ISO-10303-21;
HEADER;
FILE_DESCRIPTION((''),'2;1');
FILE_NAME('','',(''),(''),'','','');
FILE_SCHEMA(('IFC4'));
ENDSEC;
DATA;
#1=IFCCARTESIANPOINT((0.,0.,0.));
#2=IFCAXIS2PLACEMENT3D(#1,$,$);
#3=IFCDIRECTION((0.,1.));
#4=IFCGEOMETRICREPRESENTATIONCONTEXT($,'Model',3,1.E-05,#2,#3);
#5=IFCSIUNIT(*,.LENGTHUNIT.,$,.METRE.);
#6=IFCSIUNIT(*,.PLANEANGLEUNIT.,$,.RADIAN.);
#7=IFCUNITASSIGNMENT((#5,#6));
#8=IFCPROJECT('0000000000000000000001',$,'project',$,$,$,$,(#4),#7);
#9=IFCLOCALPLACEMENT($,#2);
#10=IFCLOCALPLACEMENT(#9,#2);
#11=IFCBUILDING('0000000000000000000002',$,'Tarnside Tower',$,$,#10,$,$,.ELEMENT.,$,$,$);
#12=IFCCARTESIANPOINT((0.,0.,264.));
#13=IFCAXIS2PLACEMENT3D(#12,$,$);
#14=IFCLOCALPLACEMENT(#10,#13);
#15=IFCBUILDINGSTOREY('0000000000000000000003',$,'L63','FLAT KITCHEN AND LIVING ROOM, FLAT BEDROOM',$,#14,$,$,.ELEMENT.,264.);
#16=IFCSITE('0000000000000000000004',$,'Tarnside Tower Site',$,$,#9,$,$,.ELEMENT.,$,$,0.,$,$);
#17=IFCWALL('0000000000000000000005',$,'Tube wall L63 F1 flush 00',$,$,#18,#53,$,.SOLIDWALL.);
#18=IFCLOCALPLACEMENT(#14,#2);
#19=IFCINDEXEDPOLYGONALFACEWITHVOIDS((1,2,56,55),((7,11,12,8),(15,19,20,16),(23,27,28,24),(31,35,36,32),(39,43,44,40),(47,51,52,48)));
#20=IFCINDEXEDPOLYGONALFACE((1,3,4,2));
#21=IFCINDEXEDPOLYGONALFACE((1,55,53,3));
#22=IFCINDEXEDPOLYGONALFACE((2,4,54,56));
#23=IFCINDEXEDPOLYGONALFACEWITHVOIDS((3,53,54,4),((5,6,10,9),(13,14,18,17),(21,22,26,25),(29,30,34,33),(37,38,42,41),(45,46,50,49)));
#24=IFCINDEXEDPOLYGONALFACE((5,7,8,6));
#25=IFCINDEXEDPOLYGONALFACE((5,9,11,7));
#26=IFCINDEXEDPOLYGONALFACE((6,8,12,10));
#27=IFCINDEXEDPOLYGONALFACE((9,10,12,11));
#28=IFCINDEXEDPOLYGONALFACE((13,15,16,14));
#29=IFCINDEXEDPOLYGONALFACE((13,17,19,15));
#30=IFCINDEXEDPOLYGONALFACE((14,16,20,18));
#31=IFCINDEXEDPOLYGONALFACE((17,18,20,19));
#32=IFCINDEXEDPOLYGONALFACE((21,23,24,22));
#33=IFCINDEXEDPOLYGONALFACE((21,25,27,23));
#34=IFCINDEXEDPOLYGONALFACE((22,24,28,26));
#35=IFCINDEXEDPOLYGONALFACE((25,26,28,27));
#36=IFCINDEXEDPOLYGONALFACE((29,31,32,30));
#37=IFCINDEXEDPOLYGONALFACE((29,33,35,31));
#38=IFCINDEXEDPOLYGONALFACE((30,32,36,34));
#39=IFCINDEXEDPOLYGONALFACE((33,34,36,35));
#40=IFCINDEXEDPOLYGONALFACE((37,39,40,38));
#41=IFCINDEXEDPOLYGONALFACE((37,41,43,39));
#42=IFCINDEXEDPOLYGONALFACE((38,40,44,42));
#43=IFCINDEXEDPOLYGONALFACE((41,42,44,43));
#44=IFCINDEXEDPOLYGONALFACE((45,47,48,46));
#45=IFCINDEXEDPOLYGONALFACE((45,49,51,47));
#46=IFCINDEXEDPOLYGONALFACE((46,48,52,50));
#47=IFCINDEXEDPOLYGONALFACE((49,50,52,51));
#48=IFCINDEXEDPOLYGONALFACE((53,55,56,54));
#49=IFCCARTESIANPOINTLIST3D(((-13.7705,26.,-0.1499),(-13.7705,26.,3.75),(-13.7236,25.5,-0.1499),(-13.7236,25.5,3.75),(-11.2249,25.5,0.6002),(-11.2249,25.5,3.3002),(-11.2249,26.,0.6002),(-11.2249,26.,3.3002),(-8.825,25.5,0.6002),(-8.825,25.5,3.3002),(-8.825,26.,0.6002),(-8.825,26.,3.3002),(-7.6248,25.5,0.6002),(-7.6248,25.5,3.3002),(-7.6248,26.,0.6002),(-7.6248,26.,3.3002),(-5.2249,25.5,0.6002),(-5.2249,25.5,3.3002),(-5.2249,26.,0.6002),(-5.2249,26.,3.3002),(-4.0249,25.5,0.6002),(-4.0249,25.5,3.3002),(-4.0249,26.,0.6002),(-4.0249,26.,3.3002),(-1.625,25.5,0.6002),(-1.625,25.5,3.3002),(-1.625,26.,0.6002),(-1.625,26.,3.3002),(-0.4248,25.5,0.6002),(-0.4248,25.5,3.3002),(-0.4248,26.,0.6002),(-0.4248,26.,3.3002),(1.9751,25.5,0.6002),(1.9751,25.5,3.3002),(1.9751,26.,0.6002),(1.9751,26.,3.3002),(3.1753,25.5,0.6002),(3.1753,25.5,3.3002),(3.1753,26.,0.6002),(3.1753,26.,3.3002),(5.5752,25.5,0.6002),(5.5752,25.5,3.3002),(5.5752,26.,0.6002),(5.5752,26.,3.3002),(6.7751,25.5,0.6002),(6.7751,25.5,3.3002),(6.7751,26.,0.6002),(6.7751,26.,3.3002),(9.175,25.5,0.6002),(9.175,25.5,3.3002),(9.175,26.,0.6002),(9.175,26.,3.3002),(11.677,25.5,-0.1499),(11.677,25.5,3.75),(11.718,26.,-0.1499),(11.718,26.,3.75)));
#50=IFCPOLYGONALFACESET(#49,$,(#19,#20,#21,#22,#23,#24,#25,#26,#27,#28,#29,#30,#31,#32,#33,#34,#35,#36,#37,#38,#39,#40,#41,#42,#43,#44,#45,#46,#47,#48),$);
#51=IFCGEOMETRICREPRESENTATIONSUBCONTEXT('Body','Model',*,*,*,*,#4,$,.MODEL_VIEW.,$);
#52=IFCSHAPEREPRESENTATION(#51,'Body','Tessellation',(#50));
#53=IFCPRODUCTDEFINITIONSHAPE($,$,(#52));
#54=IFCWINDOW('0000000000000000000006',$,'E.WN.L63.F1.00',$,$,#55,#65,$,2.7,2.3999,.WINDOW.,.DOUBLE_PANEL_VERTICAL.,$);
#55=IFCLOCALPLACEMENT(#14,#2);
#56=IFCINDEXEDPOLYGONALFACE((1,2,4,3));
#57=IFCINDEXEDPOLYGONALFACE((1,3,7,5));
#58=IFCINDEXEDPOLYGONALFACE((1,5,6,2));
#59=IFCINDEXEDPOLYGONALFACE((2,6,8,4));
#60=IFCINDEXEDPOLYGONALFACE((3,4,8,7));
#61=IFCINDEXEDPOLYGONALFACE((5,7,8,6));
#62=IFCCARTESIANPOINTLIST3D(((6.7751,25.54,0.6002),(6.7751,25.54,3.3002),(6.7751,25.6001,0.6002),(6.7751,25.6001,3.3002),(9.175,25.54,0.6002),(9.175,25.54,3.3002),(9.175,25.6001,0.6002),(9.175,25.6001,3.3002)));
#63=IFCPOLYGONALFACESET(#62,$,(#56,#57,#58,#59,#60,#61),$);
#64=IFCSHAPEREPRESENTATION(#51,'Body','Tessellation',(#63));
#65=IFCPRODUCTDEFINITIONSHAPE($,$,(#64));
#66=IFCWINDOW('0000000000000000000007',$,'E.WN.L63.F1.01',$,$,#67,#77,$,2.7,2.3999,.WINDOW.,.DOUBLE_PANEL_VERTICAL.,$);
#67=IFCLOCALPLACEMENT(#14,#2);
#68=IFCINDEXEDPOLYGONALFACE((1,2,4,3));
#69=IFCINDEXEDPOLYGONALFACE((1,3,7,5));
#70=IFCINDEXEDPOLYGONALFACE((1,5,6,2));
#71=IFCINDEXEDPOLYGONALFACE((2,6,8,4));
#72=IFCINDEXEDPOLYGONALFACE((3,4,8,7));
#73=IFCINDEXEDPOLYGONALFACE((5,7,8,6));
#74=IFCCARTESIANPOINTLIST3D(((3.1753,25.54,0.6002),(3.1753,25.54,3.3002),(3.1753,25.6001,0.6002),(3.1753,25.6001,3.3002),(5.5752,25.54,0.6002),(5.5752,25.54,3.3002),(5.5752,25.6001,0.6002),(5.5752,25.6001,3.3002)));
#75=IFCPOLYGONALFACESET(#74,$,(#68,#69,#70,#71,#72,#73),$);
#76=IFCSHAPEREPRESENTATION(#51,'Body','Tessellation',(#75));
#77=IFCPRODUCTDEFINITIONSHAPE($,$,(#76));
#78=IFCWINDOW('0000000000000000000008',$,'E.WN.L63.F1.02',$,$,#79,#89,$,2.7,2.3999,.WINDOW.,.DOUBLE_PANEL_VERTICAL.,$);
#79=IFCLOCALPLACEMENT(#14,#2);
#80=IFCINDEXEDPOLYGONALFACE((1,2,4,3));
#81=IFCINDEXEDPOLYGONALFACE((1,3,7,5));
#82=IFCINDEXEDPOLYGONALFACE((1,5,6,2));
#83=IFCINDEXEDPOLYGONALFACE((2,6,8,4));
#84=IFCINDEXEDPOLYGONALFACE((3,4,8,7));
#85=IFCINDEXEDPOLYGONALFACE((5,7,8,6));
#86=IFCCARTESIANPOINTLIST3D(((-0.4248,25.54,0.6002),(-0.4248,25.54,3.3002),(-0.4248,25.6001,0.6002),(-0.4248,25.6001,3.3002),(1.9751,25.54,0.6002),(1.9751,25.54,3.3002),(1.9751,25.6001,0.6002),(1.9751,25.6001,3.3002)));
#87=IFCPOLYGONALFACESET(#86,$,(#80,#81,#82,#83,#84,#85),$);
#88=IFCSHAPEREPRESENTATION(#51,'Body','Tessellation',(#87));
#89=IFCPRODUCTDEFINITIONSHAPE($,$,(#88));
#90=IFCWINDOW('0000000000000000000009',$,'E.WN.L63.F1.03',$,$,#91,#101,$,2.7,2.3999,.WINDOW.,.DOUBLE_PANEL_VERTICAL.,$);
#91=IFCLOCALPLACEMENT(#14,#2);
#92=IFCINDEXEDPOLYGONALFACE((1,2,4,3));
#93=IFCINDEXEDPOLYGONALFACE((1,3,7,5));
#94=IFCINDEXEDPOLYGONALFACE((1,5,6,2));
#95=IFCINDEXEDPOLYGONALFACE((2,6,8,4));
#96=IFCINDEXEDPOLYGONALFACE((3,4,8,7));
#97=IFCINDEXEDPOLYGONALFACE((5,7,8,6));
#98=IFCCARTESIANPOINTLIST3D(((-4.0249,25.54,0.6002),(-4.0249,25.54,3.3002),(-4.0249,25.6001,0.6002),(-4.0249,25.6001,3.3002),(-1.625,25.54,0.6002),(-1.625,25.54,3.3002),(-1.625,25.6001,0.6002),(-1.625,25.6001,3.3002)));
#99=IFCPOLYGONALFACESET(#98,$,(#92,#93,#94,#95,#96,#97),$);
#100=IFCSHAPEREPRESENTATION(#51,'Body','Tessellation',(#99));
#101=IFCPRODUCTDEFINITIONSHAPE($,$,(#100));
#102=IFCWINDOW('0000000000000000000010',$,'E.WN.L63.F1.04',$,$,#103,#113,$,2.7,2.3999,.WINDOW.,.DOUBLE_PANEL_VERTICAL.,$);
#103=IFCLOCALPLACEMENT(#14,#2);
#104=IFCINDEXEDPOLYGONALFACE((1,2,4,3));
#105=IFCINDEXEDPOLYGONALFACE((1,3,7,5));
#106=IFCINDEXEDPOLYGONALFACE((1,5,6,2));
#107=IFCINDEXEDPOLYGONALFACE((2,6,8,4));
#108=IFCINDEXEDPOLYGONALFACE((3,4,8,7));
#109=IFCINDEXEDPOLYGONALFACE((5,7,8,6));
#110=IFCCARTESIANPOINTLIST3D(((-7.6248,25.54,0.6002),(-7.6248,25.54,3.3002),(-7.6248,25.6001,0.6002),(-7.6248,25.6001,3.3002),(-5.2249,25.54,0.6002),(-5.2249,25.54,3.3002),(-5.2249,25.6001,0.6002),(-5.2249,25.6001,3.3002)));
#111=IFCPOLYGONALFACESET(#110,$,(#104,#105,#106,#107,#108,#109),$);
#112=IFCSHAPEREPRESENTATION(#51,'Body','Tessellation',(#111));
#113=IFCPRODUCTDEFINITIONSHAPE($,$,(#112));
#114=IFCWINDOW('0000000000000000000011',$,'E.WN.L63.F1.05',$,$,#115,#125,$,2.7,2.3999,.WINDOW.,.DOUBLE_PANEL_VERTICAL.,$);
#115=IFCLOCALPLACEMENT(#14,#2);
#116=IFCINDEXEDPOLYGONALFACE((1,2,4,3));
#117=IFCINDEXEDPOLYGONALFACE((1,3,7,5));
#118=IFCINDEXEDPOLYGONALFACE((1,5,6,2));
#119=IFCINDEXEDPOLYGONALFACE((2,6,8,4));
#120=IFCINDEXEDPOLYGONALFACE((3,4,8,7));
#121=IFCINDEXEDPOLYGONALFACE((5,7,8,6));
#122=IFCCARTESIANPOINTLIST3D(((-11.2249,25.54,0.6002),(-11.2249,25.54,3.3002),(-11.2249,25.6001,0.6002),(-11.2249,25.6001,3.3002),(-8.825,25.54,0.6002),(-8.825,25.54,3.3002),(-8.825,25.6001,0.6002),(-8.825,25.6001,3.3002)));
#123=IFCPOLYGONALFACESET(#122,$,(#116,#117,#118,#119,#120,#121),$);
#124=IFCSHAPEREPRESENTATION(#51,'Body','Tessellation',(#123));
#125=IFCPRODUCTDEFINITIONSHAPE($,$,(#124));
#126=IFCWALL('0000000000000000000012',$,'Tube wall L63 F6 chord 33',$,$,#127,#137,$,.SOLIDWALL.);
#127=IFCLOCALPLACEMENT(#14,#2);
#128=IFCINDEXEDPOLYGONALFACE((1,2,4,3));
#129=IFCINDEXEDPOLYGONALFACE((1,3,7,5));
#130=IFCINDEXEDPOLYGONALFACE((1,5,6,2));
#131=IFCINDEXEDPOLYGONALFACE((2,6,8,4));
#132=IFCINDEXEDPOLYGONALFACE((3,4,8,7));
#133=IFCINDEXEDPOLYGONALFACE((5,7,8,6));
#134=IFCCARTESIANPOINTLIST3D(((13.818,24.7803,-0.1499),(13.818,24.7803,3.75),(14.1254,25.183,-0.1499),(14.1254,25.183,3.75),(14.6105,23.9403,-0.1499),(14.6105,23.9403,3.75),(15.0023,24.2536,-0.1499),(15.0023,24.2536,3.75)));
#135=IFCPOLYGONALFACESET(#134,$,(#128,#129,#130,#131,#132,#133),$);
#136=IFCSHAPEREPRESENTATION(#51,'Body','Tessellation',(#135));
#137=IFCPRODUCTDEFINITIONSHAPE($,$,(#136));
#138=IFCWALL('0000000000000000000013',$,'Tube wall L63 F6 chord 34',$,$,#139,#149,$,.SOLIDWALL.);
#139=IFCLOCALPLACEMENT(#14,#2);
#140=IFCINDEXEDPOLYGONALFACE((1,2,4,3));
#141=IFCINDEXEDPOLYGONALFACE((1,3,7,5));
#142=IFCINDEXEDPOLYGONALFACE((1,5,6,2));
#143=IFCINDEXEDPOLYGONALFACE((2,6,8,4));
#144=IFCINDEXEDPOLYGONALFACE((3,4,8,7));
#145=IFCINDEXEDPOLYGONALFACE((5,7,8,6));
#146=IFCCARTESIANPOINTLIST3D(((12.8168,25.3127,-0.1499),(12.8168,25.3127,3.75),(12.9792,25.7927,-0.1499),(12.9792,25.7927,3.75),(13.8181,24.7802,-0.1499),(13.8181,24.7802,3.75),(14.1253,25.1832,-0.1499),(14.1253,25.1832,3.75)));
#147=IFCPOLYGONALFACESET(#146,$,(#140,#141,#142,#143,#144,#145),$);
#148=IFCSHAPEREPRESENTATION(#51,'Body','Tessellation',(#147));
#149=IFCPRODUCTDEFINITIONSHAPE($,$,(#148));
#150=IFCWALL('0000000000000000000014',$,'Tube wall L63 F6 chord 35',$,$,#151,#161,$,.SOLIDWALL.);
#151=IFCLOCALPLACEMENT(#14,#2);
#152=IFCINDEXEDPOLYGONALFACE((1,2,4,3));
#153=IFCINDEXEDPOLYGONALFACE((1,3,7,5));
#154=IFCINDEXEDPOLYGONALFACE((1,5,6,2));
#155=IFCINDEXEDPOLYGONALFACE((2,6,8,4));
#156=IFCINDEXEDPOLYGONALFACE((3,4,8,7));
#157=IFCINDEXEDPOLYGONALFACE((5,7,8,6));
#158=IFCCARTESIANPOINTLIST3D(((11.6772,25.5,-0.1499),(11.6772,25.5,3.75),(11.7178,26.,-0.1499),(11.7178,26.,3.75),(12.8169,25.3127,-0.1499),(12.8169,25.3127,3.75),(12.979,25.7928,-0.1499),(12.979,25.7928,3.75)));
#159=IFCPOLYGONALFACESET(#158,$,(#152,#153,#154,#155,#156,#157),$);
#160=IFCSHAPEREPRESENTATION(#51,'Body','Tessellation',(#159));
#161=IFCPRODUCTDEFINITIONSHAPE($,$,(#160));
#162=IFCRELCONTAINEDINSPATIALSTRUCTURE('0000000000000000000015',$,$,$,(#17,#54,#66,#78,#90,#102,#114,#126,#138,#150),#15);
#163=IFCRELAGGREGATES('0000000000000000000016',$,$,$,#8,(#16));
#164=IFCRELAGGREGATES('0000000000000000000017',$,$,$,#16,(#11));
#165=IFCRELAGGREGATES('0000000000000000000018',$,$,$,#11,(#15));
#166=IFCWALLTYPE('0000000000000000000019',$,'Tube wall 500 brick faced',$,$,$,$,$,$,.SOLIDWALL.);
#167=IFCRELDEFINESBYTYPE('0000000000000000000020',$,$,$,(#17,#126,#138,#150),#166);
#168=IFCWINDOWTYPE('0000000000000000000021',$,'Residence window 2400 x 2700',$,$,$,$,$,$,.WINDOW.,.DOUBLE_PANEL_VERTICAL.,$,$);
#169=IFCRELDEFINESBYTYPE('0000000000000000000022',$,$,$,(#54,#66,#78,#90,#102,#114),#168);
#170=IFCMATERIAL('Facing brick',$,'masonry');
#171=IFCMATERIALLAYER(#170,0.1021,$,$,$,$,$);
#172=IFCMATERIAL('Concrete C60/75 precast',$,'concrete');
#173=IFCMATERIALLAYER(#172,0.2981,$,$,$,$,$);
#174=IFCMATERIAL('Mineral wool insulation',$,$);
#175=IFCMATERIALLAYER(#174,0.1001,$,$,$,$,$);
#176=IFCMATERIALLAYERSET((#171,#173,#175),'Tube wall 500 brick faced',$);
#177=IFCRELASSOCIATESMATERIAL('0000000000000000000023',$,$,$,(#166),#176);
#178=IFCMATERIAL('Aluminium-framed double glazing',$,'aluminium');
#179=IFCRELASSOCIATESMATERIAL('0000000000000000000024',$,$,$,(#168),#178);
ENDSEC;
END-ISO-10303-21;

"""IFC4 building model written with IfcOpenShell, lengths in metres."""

from ifc_helpers import new_model, si_unit, direction, frame, frame_2d, origin, place, context, subcontext, project, spatial, polyline, rectangle, outline, extrude, material, layer, layer_set, type_object, element, fill, save


model = new_model("IFC4")

# Units and contexts
model_context = context("Model", 3, precision=1e-05, world=origin(), true_north=direction((0.0, 1.0)))
body_context = subcontext(model_context, "Body", "Model", "MODEL_VIEW")
ifc_project = project(units=[si_unit("LENGTHUNIT", "METRE"), si_unit("PLANEANGLEUNIT", "RADIAN")], contexts=[model_context])

# Site, building, storey
site_placement = place(None, origin())
site = spatial("IfcSite", under=ifc_project, at=site_placement, Name="Tarnside Tower Site", CompositionType="ELEMENT", RefElevation=0.0)
building_placement = place(site_placement, origin())
building = spatial("IfcBuilding", under=site, at=building_placement, Name="Tarnside Tower", CompositionType="ELEMENT")
storey_placement = place(building_placement, frame((0.0, 0.0, 264.0)))
storey = spatial("IfcBuildingStorey", under=building, at=storey_placement, Name="L63", Description="FLAT KITCHEN AND LIVING ROOM, FLAT BEDROOM", CompositionType="ELEMENT", Elevation=264.0)

# Shared definitions
ifc_material_1 = material(Name="Concrete C60/75 precast", Category="concrete")
ifc_material_2 = material(Name="Mineral wool insulation")

# Wall, openings, windows
ifc_material_3 = material(Name="Facing brick", Category="masonry")
ifc_layer_1 = layer(ifc_material_3, 0.1021)
ifc_layer_2 = layer(ifc_material_1, 0.2981)
ifc_layer_3 = layer(ifc_material_2, 0.1001)
ifc_layer_set_1 = layer_set([ifc_layer_1, ifc_layer_2, ifc_layer_3], Name="Tube wall 500 brick faced")
wall_type_1 = type_object("IfcWallType", Name="Tube wall 500 brick faced", PredefinedType="SOLIDWALL", material=ifc_layer_set_1)
wall_1_placement = place(storey_placement, frame((11.6975, 25.75, -0.1499), z_axis=(0.0, 0.0, 1.0), x_axis=(-1.0, 0.0, 0.0)))
wall_1 = element("IfcWall", 1, at=wall_1_placement, inside=storey, type_object=wall_type_1, Name="Tube wall L63 F1 flush 00", PredefinedType="SOLIDWALL", context=body_context, shape_type="SweptSolid", body=[
    extrude(outline(polyline([(-0.0205, -0.25), (25.468, -0.25), (25.4211, 0.25), (0.0205, 0.25), (-0.0205, -0.25)])), origin(), (0.0, 0.0, 1.0), 3.8999),
])
opening_1_placement = place(wall_1_placement, frame((2.5225, 0.0, 0.75)))
opening_1 = element("IfcOpeningElement", 2, at=opening_1_placement, cuts=wall_1, PredefinedType="OPENING", context=body_context, shape_type="SweptSolid", body=[
    extrude(rectangle(XDim=2.3999, YDim=2.7, at=frame_2d((1.2, 1.3501))), frame((0.0, 0.26, 0.0), z_axis=(0.0, -1.0, 0.0), x_axis=(1.0, 0.0, 0.0)), (0.0, 0.0, 1.0), 0.52),
])
opening_2_placement = place(wall_1_placement, frame((6.1223, 0.0, 0.75)))
opening_2 = element("IfcOpeningElement", 3, at=opening_2_placement, cuts=wall_1, PredefinedType="OPENING", context=body_context, shape_type="SweptSolid", body=[
    extrude(rectangle(XDim=2.3999, YDim=2.7, at=frame_2d((1.2, 1.3501))), frame((0.0, 0.26, 0.0), z_axis=(0.0, -1.0, 0.0), x_axis=(1.0, 0.0, 0.0)), (0.0, 0.0, 1.0), 0.52),
])
opening_3_placement = place(wall_1_placement, frame((9.7224, 0.0, 0.75)))
opening_3 = element("IfcOpeningElement", 4, at=opening_3_placement, cuts=wall_1, PredefinedType="OPENING", context=body_context, shape_type="SweptSolid", body=[
    extrude(rectangle(XDim=2.3999, YDim=2.7, at=frame_2d((1.2, 1.3501))), frame((0.0, 0.26, 0.0), z_axis=(0.0, -1.0, 0.0), x_axis=(1.0, 0.0, 0.0)), (0.0, 0.0, 1.0), 0.52),
])
opening_4_placement = place(wall_1_placement, frame((13.3225, 0.0, 0.75)))
opening_4 = element("IfcOpeningElement", 5, at=opening_4_placement, cuts=wall_1, PredefinedType="OPENING", context=body_context, shape_type="SweptSolid", body=[
    extrude(rectangle(XDim=2.3999, YDim=2.7, at=frame_2d((1.2, 1.3501))), frame((0.0, 0.26, 0.0), z_axis=(0.0, -1.0, 0.0), x_axis=(1.0, 0.0, 0.0)), (0.0, 0.0, 1.0), 0.52),
])
opening_5_placement = place(wall_1_placement, frame((16.9224, 0.0, 0.75)))
opening_5 = element("IfcOpeningElement", 6, at=opening_5_placement, cuts=wall_1, PredefinedType="OPENING", context=body_context, shape_type="SweptSolid", body=[
    extrude(rectangle(XDim=2.3999, YDim=2.7, at=frame_2d((1.2, 1.3501))), frame((0.0, 0.26, 0.0), z_axis=(0.0, -1.0, 0.0), x_axis=(1.0, 0.0, 0.0)), (0.0, 0.0, 1.0), 0.52),
])
opening_6_placement = place(wall_1_placement, frame((20.5225, 0.0, 0.75)))
opening_6 = element("IfcOpeningElement", 7, at=opening_6_placement, cuts=wall_1, PredefinedType="OPENING", context=body_context, shape_type="SweptSolid", body=[
    extrude(rectangle(XDim=2.3999, YDim=2.7, at=frame_2d((1.2, 1.3501))), frame((0.0, 0.26, 0.0), z_axis=(0.0, -1.0, 0.0), x_axis=(1.0, 0.0, 0.0)), (0.0, 0.0, 1.0), 0.52),
])
ifc_material_4 = material(Name="Aluminium-framed double glazing", Category="aluminium")
window_type = type_object("IfcWindowType", Name="Residence window 2400 x 2700", PartitioningType="DOUBLE_PANEL_VERTICAL", PredefinedType="WINDOW", material=ifc_material_4)
window_1_placement = place(opening_1_placement, frame((0.0, 0.1799, 0.0)))
window_1 = element("IfcWindow", 8, at=window_1_placement, inside=storey, type_object=window_type, Name="E.WN.L63.F1.00", OverallHeight=2.7, OverallWidth=2.3999, PartitioningType="DOUBLE_PANEL_VERTICAL", PredefinedType="WINDOW", context=body_context, shape_type="SweptSolid", body=[
    extrude(rectangle(XDim=2.3999, YDim=2.7, at=frame_2d((1.2, 1.3501))), frame((0.0, 0.03, 0.0), z_axis=(0.0, -1.0, 0.0), x_axis=(1.0, 0.0, 0.0)), (0.0, 0.0, 1.0), 0.0601),
])
fill(opening_1, window_1)
window_2_placement = place(opening_2_placement, frame((0.0, 0.1799, 0.0)))
window_2 = element("IfcWindow", 9, at=window_2_placement, inside=storey, type_object=window_type, Name="E.WN.L63.F1.01", OverallHeight=2.7, OverallWidth=2.3999, PartitioningType="DOUBLE_PANEL_VERTICAL", PredefinedType="WINDOW", context=body_context, shape_type="SweptSolid", body=[
    extrude(rectangle(XDim=2.3999, YDim=2.7, at=frame_2d((1.2, 1.3501))), frame((0.0, 0.03, 0.0), z_axis=(0.0, -1.0, 0.0), x_axis=(1.0, 0.0, 0.0)), (0.0, 0.0, 1.0), 0.0601),
])
fill(opening_2, window_2)
window_3_placement = place(opening_3_placement, frame((0.0, 0.1799, 0.0)))
window_3 = element("IfcWindow", 10, at=window_3_placement, inside=storey, type_object=window_type, Name="E.WN.L63.F1.02", OverallHeight=2.7, OverallWidth=2.3999, PartitioningType="DOUBLE_PANEL_VERTICAL", PredefinedType="WINDOW", context=body_context, shape_type="SweptSolid", body=[
    extrude(rectangle(XDim=2.3999, YDim=2.7, at=frame_2d((1.2, 1.3501))), frame((0.0, 0.03, 0.0), z_axis=(0.0, -1.0, 0.0), x_axis=(1.0, 0.0, 0.0)), (0.0, 0.0, 1.0), 0.0601),
])
fill(opening_3, window_3)
window_4_placement = place(opening_4_placement, frame((0.0, 0.1799, 0.0)))
window_4 = element("IfcWindow", 11, at=window_4_placement, inside=storey, type_object=window_type, Name="E.WN.L63.F1.03", OverallHeight=2.7, OverallWidth=2.3999, PartitioningType="DOUBLE_PANEL_VERTICAL", PredefinedType="WINDOW", context=body_context, shape_type="SweptSolid", body=[
    extrude(rectangle(XDim=2.3999, YDim=2.7, at=frame_2d((1.2, 1.3501))), frame((0.0, 0.03, 0.0), z_axis=(0.0, -1.0, 0.0), x_axis=(1.0, 0.0, 0.0)), (0.0, 0.0, 1.0), 0.0601),
])
fill(opening_4, window_4)
window_5_placement = place(opening_5_placement, frame((0.0, 0.1799, 0.0)))
window_5 = element("IfcWindow", 12, at=window_5_placement, inside=storey, type_object=window_type, Name="E.WN.L63.F1.04", OverallHeight=2.7, OverallWidth=2.3999, PartitioningType="DOUBLE_PANEL_VERTICAL", PredefinedType="WINDOW", context=body_context, shape_type="SweptSolid", body=[
    extrude(rectangle(XDim=2.3999, YDim=2.7, at=frame_2d((1.2, 1.3501))), frame((0.0, 0.03, 0.0), z_axis=(0.0, -1.0, 0.0), x_axis=(1.0, 0.0, 0.0)), (0.0, 0.0, 1.0), 0.0601),
])
fill(opening_5, window_5)
window_6_placement = place(opening_6_placement, frame((0.0, 0.1799, 0.0)))
window_6 = element("IfcWindow", 13, at=window_6_placement, inside=storey, type_object=window_type, Name="E.WN.L63.F1.05", OverallHeight=2.7, OverallWidth=2.3999, PartitioningType="DOUBLE_PANEL_VERTICAL", PredefinedType="WINDOW", context=body_context, shape_type="SweptSolid", body=[
    extrude(rectangle(XDim=2.3999, YDim=2.7, at=frame_2d((1.2, 1.3501))), frame((0.0, 0.03, 0.0), z_axis=(0.0, -1.0, 0.0), x_axis=(1.0, 0.0, 0.0)), (0.0, 0.0, 1.0), 0.0601),
])
fill(opening_6, window_6)

# Walls
wall_2_placement = place(storey_placement, frame((14.8064, 24.0969, -0.1499), z_axis=(0.0, 0.0, 1.0), x_axis=(-0.686234, 0.72738, 0.0)))
element("IfcWall", 14, at=wall_2_placement, inside=storey, type_object=wall_type_1, Name="Tube wall L63 F6 chord 33", PredefinedType="SOLIDWALL", context=body_context, shape_type="SweptSolid", body=[
    extrude(outline(polyline([(-0.0205, -0.25), (1.2573, -0.25), (1.1753, 0.25), (0.0205, 0.25), (-0.0205, -0.25)])), origin(), (0.0, 0.0, 1.0), 3.8999),
])
wall_3_placement = place(storey_placement, frame((13.9717, 24.9817, -0.1499), z_axis=(0.0, 0.0, 1.0), x_axis=(-0.882902, 0.469556, 0.0)))
element("IfcWall", 15, at=wall_3_placement, inside=storey, type_object=wall_type_1, Name="Tube wall L63 F6 chord 34", PredefinedType="SOLIDWALL", context=body_context, shape_type="SweptSolid", body=[
    extrude(outline(polyline([(-0.041, -0.25), (1.2571, -0.25), (1.175, 0.25), (0.041, 0.25), (-0.041, -0.25)])), origin(), (0.0, 0.0, 1.0), 3.8999),
])
wall_4_placement = place(storey_placement, frame((12.8979, 25.5527, -0.1499), z_axis=(0.0, 0.0, 1.0), x_axis=(-0.986766, 0.162153, 0.0)))
element("IfcWall", 16, at=wall_4_placement, inside=storey, type_object=wall_type_1, Name="Tube wall L63 F6 chord 35", PredefinedType="SOLIDWALL", context=body_context, shape_type="SweptSolid", body=[
    extrude(outline(polyline([(-0.041, -0.25), (1.2371, -0.25), (1.196, 0.25), (0.041, 0.25), (-0.041, -0.25)])), origin(), (0.0, 0.0, 1.0), 3.8999),
])

save(model, "model.ifc")
